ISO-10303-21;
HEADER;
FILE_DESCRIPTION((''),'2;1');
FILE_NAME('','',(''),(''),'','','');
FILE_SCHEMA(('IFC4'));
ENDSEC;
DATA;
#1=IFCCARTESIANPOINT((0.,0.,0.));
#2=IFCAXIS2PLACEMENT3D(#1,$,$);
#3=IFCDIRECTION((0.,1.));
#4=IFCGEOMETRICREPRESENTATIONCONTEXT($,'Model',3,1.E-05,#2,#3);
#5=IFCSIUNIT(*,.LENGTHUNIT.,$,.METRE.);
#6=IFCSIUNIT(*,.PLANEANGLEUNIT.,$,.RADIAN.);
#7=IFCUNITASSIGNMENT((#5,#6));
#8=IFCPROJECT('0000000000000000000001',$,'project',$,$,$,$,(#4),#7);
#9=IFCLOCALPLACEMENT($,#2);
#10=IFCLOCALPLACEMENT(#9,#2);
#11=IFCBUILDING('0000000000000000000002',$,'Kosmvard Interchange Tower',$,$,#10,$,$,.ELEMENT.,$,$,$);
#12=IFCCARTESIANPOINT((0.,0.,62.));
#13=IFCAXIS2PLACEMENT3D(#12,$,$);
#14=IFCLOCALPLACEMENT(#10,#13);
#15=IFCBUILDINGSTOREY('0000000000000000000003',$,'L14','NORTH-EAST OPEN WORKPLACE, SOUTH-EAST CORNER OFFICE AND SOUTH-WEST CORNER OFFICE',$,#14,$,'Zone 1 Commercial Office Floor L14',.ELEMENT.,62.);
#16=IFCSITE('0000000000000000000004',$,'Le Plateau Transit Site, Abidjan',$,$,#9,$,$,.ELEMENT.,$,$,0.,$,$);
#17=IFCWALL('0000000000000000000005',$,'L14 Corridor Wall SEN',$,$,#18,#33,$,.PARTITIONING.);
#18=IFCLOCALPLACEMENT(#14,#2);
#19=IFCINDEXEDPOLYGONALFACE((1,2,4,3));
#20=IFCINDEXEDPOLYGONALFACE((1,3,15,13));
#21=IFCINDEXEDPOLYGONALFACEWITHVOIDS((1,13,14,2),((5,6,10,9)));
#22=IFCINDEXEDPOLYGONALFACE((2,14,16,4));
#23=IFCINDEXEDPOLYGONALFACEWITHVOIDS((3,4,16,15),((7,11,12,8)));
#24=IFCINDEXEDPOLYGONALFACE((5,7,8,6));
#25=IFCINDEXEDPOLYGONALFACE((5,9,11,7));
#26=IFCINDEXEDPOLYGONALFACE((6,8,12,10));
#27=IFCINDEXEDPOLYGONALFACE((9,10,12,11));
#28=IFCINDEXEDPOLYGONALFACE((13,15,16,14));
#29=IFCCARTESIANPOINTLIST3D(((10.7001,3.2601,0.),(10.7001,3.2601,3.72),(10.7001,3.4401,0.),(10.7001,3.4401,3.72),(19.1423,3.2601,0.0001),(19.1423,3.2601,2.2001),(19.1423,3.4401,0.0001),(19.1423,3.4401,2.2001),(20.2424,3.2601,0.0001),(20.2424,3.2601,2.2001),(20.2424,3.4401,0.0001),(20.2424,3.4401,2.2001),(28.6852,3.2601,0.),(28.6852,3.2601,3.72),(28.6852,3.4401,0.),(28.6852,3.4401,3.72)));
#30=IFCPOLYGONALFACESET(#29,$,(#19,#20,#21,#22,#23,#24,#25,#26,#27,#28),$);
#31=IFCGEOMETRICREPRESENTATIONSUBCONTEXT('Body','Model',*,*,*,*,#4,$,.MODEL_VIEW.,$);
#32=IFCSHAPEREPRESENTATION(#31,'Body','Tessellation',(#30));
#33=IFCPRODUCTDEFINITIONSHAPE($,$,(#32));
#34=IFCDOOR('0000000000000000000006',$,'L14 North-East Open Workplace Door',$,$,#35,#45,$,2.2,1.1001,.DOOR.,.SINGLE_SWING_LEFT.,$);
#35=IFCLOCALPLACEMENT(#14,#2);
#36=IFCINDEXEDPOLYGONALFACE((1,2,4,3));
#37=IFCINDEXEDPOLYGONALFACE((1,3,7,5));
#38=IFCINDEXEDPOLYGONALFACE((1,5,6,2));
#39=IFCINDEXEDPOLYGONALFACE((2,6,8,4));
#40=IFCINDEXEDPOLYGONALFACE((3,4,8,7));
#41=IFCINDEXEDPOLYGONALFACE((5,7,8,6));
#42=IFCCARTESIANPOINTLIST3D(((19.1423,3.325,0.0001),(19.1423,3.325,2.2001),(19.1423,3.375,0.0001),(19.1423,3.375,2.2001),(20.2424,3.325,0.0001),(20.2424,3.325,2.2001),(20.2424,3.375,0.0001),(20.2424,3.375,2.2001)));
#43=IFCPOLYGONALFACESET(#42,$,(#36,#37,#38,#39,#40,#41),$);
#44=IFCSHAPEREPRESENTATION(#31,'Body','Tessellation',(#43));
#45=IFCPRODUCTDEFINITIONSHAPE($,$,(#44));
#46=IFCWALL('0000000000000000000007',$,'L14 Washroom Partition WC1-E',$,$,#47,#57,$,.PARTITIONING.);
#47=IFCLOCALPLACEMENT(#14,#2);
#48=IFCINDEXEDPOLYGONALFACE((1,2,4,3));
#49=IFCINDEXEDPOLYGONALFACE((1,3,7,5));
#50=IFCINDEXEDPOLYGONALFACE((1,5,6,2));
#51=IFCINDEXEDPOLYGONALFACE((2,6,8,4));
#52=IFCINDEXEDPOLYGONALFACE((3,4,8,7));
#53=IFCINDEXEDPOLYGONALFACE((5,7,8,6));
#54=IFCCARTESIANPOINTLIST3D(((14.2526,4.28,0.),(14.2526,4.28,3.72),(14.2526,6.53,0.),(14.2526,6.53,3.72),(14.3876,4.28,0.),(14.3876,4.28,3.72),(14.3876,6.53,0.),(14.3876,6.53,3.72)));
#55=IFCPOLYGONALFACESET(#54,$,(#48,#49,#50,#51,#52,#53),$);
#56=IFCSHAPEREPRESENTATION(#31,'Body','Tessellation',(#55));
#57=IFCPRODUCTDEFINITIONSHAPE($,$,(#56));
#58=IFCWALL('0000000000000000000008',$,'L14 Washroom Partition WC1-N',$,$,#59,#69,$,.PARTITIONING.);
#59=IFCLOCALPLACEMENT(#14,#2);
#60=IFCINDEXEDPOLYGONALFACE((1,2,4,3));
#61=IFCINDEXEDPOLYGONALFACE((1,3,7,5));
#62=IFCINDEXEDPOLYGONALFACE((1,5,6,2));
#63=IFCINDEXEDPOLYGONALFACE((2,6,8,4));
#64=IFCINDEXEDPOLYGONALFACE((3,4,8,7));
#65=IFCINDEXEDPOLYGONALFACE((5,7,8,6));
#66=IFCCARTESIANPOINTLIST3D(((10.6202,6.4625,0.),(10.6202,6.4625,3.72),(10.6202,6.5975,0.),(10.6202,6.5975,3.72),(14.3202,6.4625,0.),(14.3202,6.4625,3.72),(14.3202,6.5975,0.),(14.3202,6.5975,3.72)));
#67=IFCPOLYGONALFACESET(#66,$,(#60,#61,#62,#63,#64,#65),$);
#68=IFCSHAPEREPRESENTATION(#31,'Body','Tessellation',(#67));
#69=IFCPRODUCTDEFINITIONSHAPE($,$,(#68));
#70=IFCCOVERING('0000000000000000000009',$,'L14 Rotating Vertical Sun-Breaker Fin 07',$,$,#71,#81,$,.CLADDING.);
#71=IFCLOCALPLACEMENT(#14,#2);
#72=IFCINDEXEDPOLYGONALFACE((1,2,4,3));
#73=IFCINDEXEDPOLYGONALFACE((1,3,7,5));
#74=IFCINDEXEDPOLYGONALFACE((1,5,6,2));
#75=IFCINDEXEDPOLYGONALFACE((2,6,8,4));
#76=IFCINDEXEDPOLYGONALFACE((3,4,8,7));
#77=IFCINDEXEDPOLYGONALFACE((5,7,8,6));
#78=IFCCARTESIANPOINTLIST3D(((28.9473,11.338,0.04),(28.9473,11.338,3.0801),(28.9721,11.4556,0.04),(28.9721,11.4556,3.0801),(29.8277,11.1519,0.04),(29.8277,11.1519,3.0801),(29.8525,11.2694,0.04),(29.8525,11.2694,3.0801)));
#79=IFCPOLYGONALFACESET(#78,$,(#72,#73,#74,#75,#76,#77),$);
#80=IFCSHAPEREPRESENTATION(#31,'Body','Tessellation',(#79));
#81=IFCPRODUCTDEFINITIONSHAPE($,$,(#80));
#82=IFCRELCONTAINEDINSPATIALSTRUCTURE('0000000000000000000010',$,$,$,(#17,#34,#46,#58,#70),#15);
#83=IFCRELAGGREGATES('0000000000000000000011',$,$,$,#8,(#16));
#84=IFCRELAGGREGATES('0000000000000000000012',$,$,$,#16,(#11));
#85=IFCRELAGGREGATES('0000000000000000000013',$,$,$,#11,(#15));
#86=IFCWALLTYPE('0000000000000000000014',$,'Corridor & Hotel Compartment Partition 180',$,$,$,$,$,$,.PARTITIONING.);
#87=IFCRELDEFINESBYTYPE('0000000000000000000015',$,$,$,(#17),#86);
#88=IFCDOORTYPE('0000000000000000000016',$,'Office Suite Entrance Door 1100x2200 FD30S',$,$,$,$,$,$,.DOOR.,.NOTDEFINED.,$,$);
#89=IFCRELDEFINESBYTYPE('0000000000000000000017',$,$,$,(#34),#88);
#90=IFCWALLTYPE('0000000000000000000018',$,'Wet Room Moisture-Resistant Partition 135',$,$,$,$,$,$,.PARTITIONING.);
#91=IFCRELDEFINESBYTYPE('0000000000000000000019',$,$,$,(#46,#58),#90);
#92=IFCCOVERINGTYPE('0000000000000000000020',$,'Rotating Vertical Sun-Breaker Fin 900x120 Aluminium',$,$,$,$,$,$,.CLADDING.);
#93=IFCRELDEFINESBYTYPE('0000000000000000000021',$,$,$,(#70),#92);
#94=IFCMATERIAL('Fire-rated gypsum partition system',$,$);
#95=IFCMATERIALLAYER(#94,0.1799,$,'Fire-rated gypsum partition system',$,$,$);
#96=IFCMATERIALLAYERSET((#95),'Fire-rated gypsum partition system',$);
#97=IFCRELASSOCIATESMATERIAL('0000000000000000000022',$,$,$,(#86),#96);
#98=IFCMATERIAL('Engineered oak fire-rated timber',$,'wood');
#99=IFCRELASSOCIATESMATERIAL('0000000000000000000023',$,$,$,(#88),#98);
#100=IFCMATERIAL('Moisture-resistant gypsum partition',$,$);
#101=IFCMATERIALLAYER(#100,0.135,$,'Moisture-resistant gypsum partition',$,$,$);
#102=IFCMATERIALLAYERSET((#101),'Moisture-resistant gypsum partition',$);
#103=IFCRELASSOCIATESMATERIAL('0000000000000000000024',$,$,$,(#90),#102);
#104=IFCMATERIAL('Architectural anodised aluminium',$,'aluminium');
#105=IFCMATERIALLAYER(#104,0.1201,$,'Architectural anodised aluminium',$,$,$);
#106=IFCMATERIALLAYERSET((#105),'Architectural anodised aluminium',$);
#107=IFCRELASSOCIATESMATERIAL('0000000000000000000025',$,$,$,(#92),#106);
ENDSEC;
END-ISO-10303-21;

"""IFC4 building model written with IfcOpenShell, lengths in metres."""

from ifc_helpers import new_model, si_unit, direction, frame, frame_2d, origin, origin_2d, place, context, subcontext, project, spatial, rectangle, extrude, source, transform, mapped, material, layer, layer_set, type_object, element, fill, save


model = new_model("IFC4")

# Units and contexts
model_context = context("Model", 3, precision=1e-05, world=origin(), true_north=direction((0.0, 1.0)))
body_context = subcontext(model_context, "Body", "Model", "MODEL_VIEW")
ifc_project = project(units=[si_unit("LENGTHUNIT", "METRE"), si_unit("PLANEANGLEUNIT", "RADIAN")], contexts=[model_context])

# Site, building, storey
site_placement = place(None, origin())
site = spatial("IfcSite", under=ifc_project, at=site_placement, Name="Le Plateau Transit Site, Abidjan", CompositionType="ELEMENT", RefElevation=0.0)
building_placement = place(site_placement, origin())
building = spatial("IfcBuilding", under=site, at=building_placement, Name="Kosmvard Interchange Tower", CompositionType="ELEMENT")
storey_placement = place(building_placement, frame((0.0, 0.0, 62.0)))
storey = spatial("IfcBuildingStorey", under=building, at=storey_placement, Name="L14", Description="NORTH-EAST OPEN WORKPLACE, SOUTH-EAST CORNER OFFICE AND SOUTH-WEST CORNER OFFICE", LongName="Zone 1 Commercial Office Floor L14", CompositionType="ELEMENT", Elevation=62.0)

# Wall, opening, door
ifc_material_1 = material(Name="Fire-rated gypsum partition system")
ifc_layer_1 = layer(ifc_material_1, 0.1799, Name="Fire-rated gypsum partition system")
ifc_layer_set_1 = layer_set([ifc_layer_1], Name="Fire-rated gypsum partition system")
wall_type_1 = type_object("IfcWallType", Name="Corridor & Hotel Compartment Partition 180", PredefinedType="PARTITIONING", material=ifc_layer_set_1)
ifc_material_2 = material(Name="Engineered oak fire-rated timber", Category="wood")
door_type = type_object("IfcDoorType", Name="Office Suite Entrance Door 1100x2200 FD30S", OperationType="NOTDEFINED", PredefinedType="DOOR", material=ifc_material_2)
shared_shape_1 = source(origin(), body_context, "Body", "SweptSolid", [
    extrude(rectangle(XDim=1.1001, YDim=2.2, at=frame_2d((0.55, 1.1001))), frame((0.0, 0.0249, 0.0), z_axis=(0.0, -1.0, 0.0), x_axis=(1.0, 0.0, 0.0)), (0.0, 0.0, 1.0), 0.05),
])
wall_1_placement = place(storey_placement, frame((10.7, 3.3501, 0.0), z_axis=(0.0, 0.0, 1.0), x_axis=(1.0, 0.0, 0.0)))
wall_1 = element("IfcWall", 1, at=wall_1_placement, inside=storey, type_object=wall_type_1, Name="L14 Corridor Wall SEN", PredefinedType="PARTITIONING", context=body_context, shape_type="SweptSolid", body=[
    extrude(rectangle(XDim=17.9851, YDim=0.1799, at=frame_2d((8.9927, 0.0))), origin(), (0.0, 0.0, 1.0), 3.72),
])
opening_1_placement = place(wall_1_placement, frame((8.4424, 0.0, 0.0)))
opening_1 = element("IfcOpeningElement", 2, at=opening_1_placement, cuts=wall_1, PredefinedType="OPENING", context=body_context, shape_type="SweptSolid", body=[
    extrude(rectangle(XDim=1.1001, YDim=2.2, at=frame_2d((0.55, 1.1001))), frame((0.0, 0.1001, 0.0), z_axis=(0.0, -1.0, 0.0), x_axis=(1.0, 0.0, 0.0)), (0.0, 0.0, 1.0), 0.2),
])
door_1_placement = place(opening_1_placement, origin())
door_1 = element("IfcDoor", 3, at=door_1_placement, inside=storey, type_object=door_type, Name="L14 North-East Open Workplace Door", OperationType="SINGLE_SWING_LEFT", OverallHeight=2.2, OverallWidth=1.1001, PredefinedType="DOOR", context=body_context, shape_type="MappedRepresentation", body=[
    mapped(shared_shape_1, transform((0.0, 0.0, 0.0), scale=1.0)),
])
fill(opening_1, door_1)

# Walls
ifc_material_3 = material(Name="Moisture-resistant gypsum partition")
ifc_layer_2 = layer(ifc_material_3, 0.135, Name="Moisture-resistant gypsum partition")
ifc_layer_set_2 = layer_set([ifc_layer_2], Name="Moisture-resistant gypsum partition")
wall_type_2 = type_object("IfcWallType", Name="Wet Room Moisture-Resistant Partition 135", PredefinedType="PARTITIONING", material=ifc_layer_set_2)
wall_2_placement = place(storey_placement, frame((14.3201, 4.28, 0.0), z_axis=(0.0, 0.0, 1.0), x_axis=(0.0, 1.0, 0.0)))
element("IfcWall", 4, at=wall_2_placement, inside=storey, type_object=wall_type_2, Name="L14 Washroom Partition WC1-E", PredefinedType="PARTITIONING", context=body_context, shape_type="SweptSolid", body=[
    extrude(rectangle(XDim=2.25, YDim=0.135, at=frame_2d((1.125, 0.0))), origin(), (0.0, 0.0, 1.0), 3.72),
])
wall_3_placement = place(storey_placement, frame((10.6201, 6.53, 0.0), z_axis=(0.0, 0.0, 1.0), x_axis=(1.0, 0.0, 0.0)))
element("IfcWall", 5, at=wall_3_placement, inside=storey, type_object=wall_type_2, Name="L14 Washroom Partition WC1-N", PredefinedType="PARTITIONING", context=body_context, shape_type="SweptSolid", body=[
    extrude(rectangle(XDim=3.7, YDim=0.135, at=frame_2d((1.8501, 0.0))), origin(), (0.0, 0.0, 1.0), 3.72),
])

# Covering
ifc_material_4 = material(Name="Architectural anodised aluminium", Category="aluminium")
ifc_layer_3 = layer(ifc_material_4, 0.1201, Name="Architectural anodised aluminium")
ifc_layer_set_3 = layer_set([ifc_layer_3], Name="Architectural anodised aluminium")
covering_type = type_object("IfcCoveringType", Name="Rotating Vertical Sun-Breaker Fin 900x120 Aluminium", PredefinedType="CLADDING", material=ifc_layer_set_3)
shared_shape_2 = source(origin(), body_context, "Body", "SweptSolid", [
    extrude(rectangle(XDim=0.8999, YDim=0.1201, at=origin_2d()), origin(), (0.0, 0.0, 1.0), 3.04),
])
covering_placement = place(storey_placement, frame((29.3999, 11.3037, 0.04), z_axis=(0.0, 0.0, 1.0), x_axis=(0.978365, -0.206887, 0.0)))
element("IfcCovering", 6, at=covering_placement, inside=storey, type_object=covering_type, Name="L14 Rotating Vertical Sun-Breaker Fin 07", PredefinedType="CLADDING", context=body_context, shape_type="MappedRepresentation", body=[
    mapped(shared_shape_2, transform((0.0, 0.0, 0.0), scale=1.0)),
])

save(model, "model.ifc")
